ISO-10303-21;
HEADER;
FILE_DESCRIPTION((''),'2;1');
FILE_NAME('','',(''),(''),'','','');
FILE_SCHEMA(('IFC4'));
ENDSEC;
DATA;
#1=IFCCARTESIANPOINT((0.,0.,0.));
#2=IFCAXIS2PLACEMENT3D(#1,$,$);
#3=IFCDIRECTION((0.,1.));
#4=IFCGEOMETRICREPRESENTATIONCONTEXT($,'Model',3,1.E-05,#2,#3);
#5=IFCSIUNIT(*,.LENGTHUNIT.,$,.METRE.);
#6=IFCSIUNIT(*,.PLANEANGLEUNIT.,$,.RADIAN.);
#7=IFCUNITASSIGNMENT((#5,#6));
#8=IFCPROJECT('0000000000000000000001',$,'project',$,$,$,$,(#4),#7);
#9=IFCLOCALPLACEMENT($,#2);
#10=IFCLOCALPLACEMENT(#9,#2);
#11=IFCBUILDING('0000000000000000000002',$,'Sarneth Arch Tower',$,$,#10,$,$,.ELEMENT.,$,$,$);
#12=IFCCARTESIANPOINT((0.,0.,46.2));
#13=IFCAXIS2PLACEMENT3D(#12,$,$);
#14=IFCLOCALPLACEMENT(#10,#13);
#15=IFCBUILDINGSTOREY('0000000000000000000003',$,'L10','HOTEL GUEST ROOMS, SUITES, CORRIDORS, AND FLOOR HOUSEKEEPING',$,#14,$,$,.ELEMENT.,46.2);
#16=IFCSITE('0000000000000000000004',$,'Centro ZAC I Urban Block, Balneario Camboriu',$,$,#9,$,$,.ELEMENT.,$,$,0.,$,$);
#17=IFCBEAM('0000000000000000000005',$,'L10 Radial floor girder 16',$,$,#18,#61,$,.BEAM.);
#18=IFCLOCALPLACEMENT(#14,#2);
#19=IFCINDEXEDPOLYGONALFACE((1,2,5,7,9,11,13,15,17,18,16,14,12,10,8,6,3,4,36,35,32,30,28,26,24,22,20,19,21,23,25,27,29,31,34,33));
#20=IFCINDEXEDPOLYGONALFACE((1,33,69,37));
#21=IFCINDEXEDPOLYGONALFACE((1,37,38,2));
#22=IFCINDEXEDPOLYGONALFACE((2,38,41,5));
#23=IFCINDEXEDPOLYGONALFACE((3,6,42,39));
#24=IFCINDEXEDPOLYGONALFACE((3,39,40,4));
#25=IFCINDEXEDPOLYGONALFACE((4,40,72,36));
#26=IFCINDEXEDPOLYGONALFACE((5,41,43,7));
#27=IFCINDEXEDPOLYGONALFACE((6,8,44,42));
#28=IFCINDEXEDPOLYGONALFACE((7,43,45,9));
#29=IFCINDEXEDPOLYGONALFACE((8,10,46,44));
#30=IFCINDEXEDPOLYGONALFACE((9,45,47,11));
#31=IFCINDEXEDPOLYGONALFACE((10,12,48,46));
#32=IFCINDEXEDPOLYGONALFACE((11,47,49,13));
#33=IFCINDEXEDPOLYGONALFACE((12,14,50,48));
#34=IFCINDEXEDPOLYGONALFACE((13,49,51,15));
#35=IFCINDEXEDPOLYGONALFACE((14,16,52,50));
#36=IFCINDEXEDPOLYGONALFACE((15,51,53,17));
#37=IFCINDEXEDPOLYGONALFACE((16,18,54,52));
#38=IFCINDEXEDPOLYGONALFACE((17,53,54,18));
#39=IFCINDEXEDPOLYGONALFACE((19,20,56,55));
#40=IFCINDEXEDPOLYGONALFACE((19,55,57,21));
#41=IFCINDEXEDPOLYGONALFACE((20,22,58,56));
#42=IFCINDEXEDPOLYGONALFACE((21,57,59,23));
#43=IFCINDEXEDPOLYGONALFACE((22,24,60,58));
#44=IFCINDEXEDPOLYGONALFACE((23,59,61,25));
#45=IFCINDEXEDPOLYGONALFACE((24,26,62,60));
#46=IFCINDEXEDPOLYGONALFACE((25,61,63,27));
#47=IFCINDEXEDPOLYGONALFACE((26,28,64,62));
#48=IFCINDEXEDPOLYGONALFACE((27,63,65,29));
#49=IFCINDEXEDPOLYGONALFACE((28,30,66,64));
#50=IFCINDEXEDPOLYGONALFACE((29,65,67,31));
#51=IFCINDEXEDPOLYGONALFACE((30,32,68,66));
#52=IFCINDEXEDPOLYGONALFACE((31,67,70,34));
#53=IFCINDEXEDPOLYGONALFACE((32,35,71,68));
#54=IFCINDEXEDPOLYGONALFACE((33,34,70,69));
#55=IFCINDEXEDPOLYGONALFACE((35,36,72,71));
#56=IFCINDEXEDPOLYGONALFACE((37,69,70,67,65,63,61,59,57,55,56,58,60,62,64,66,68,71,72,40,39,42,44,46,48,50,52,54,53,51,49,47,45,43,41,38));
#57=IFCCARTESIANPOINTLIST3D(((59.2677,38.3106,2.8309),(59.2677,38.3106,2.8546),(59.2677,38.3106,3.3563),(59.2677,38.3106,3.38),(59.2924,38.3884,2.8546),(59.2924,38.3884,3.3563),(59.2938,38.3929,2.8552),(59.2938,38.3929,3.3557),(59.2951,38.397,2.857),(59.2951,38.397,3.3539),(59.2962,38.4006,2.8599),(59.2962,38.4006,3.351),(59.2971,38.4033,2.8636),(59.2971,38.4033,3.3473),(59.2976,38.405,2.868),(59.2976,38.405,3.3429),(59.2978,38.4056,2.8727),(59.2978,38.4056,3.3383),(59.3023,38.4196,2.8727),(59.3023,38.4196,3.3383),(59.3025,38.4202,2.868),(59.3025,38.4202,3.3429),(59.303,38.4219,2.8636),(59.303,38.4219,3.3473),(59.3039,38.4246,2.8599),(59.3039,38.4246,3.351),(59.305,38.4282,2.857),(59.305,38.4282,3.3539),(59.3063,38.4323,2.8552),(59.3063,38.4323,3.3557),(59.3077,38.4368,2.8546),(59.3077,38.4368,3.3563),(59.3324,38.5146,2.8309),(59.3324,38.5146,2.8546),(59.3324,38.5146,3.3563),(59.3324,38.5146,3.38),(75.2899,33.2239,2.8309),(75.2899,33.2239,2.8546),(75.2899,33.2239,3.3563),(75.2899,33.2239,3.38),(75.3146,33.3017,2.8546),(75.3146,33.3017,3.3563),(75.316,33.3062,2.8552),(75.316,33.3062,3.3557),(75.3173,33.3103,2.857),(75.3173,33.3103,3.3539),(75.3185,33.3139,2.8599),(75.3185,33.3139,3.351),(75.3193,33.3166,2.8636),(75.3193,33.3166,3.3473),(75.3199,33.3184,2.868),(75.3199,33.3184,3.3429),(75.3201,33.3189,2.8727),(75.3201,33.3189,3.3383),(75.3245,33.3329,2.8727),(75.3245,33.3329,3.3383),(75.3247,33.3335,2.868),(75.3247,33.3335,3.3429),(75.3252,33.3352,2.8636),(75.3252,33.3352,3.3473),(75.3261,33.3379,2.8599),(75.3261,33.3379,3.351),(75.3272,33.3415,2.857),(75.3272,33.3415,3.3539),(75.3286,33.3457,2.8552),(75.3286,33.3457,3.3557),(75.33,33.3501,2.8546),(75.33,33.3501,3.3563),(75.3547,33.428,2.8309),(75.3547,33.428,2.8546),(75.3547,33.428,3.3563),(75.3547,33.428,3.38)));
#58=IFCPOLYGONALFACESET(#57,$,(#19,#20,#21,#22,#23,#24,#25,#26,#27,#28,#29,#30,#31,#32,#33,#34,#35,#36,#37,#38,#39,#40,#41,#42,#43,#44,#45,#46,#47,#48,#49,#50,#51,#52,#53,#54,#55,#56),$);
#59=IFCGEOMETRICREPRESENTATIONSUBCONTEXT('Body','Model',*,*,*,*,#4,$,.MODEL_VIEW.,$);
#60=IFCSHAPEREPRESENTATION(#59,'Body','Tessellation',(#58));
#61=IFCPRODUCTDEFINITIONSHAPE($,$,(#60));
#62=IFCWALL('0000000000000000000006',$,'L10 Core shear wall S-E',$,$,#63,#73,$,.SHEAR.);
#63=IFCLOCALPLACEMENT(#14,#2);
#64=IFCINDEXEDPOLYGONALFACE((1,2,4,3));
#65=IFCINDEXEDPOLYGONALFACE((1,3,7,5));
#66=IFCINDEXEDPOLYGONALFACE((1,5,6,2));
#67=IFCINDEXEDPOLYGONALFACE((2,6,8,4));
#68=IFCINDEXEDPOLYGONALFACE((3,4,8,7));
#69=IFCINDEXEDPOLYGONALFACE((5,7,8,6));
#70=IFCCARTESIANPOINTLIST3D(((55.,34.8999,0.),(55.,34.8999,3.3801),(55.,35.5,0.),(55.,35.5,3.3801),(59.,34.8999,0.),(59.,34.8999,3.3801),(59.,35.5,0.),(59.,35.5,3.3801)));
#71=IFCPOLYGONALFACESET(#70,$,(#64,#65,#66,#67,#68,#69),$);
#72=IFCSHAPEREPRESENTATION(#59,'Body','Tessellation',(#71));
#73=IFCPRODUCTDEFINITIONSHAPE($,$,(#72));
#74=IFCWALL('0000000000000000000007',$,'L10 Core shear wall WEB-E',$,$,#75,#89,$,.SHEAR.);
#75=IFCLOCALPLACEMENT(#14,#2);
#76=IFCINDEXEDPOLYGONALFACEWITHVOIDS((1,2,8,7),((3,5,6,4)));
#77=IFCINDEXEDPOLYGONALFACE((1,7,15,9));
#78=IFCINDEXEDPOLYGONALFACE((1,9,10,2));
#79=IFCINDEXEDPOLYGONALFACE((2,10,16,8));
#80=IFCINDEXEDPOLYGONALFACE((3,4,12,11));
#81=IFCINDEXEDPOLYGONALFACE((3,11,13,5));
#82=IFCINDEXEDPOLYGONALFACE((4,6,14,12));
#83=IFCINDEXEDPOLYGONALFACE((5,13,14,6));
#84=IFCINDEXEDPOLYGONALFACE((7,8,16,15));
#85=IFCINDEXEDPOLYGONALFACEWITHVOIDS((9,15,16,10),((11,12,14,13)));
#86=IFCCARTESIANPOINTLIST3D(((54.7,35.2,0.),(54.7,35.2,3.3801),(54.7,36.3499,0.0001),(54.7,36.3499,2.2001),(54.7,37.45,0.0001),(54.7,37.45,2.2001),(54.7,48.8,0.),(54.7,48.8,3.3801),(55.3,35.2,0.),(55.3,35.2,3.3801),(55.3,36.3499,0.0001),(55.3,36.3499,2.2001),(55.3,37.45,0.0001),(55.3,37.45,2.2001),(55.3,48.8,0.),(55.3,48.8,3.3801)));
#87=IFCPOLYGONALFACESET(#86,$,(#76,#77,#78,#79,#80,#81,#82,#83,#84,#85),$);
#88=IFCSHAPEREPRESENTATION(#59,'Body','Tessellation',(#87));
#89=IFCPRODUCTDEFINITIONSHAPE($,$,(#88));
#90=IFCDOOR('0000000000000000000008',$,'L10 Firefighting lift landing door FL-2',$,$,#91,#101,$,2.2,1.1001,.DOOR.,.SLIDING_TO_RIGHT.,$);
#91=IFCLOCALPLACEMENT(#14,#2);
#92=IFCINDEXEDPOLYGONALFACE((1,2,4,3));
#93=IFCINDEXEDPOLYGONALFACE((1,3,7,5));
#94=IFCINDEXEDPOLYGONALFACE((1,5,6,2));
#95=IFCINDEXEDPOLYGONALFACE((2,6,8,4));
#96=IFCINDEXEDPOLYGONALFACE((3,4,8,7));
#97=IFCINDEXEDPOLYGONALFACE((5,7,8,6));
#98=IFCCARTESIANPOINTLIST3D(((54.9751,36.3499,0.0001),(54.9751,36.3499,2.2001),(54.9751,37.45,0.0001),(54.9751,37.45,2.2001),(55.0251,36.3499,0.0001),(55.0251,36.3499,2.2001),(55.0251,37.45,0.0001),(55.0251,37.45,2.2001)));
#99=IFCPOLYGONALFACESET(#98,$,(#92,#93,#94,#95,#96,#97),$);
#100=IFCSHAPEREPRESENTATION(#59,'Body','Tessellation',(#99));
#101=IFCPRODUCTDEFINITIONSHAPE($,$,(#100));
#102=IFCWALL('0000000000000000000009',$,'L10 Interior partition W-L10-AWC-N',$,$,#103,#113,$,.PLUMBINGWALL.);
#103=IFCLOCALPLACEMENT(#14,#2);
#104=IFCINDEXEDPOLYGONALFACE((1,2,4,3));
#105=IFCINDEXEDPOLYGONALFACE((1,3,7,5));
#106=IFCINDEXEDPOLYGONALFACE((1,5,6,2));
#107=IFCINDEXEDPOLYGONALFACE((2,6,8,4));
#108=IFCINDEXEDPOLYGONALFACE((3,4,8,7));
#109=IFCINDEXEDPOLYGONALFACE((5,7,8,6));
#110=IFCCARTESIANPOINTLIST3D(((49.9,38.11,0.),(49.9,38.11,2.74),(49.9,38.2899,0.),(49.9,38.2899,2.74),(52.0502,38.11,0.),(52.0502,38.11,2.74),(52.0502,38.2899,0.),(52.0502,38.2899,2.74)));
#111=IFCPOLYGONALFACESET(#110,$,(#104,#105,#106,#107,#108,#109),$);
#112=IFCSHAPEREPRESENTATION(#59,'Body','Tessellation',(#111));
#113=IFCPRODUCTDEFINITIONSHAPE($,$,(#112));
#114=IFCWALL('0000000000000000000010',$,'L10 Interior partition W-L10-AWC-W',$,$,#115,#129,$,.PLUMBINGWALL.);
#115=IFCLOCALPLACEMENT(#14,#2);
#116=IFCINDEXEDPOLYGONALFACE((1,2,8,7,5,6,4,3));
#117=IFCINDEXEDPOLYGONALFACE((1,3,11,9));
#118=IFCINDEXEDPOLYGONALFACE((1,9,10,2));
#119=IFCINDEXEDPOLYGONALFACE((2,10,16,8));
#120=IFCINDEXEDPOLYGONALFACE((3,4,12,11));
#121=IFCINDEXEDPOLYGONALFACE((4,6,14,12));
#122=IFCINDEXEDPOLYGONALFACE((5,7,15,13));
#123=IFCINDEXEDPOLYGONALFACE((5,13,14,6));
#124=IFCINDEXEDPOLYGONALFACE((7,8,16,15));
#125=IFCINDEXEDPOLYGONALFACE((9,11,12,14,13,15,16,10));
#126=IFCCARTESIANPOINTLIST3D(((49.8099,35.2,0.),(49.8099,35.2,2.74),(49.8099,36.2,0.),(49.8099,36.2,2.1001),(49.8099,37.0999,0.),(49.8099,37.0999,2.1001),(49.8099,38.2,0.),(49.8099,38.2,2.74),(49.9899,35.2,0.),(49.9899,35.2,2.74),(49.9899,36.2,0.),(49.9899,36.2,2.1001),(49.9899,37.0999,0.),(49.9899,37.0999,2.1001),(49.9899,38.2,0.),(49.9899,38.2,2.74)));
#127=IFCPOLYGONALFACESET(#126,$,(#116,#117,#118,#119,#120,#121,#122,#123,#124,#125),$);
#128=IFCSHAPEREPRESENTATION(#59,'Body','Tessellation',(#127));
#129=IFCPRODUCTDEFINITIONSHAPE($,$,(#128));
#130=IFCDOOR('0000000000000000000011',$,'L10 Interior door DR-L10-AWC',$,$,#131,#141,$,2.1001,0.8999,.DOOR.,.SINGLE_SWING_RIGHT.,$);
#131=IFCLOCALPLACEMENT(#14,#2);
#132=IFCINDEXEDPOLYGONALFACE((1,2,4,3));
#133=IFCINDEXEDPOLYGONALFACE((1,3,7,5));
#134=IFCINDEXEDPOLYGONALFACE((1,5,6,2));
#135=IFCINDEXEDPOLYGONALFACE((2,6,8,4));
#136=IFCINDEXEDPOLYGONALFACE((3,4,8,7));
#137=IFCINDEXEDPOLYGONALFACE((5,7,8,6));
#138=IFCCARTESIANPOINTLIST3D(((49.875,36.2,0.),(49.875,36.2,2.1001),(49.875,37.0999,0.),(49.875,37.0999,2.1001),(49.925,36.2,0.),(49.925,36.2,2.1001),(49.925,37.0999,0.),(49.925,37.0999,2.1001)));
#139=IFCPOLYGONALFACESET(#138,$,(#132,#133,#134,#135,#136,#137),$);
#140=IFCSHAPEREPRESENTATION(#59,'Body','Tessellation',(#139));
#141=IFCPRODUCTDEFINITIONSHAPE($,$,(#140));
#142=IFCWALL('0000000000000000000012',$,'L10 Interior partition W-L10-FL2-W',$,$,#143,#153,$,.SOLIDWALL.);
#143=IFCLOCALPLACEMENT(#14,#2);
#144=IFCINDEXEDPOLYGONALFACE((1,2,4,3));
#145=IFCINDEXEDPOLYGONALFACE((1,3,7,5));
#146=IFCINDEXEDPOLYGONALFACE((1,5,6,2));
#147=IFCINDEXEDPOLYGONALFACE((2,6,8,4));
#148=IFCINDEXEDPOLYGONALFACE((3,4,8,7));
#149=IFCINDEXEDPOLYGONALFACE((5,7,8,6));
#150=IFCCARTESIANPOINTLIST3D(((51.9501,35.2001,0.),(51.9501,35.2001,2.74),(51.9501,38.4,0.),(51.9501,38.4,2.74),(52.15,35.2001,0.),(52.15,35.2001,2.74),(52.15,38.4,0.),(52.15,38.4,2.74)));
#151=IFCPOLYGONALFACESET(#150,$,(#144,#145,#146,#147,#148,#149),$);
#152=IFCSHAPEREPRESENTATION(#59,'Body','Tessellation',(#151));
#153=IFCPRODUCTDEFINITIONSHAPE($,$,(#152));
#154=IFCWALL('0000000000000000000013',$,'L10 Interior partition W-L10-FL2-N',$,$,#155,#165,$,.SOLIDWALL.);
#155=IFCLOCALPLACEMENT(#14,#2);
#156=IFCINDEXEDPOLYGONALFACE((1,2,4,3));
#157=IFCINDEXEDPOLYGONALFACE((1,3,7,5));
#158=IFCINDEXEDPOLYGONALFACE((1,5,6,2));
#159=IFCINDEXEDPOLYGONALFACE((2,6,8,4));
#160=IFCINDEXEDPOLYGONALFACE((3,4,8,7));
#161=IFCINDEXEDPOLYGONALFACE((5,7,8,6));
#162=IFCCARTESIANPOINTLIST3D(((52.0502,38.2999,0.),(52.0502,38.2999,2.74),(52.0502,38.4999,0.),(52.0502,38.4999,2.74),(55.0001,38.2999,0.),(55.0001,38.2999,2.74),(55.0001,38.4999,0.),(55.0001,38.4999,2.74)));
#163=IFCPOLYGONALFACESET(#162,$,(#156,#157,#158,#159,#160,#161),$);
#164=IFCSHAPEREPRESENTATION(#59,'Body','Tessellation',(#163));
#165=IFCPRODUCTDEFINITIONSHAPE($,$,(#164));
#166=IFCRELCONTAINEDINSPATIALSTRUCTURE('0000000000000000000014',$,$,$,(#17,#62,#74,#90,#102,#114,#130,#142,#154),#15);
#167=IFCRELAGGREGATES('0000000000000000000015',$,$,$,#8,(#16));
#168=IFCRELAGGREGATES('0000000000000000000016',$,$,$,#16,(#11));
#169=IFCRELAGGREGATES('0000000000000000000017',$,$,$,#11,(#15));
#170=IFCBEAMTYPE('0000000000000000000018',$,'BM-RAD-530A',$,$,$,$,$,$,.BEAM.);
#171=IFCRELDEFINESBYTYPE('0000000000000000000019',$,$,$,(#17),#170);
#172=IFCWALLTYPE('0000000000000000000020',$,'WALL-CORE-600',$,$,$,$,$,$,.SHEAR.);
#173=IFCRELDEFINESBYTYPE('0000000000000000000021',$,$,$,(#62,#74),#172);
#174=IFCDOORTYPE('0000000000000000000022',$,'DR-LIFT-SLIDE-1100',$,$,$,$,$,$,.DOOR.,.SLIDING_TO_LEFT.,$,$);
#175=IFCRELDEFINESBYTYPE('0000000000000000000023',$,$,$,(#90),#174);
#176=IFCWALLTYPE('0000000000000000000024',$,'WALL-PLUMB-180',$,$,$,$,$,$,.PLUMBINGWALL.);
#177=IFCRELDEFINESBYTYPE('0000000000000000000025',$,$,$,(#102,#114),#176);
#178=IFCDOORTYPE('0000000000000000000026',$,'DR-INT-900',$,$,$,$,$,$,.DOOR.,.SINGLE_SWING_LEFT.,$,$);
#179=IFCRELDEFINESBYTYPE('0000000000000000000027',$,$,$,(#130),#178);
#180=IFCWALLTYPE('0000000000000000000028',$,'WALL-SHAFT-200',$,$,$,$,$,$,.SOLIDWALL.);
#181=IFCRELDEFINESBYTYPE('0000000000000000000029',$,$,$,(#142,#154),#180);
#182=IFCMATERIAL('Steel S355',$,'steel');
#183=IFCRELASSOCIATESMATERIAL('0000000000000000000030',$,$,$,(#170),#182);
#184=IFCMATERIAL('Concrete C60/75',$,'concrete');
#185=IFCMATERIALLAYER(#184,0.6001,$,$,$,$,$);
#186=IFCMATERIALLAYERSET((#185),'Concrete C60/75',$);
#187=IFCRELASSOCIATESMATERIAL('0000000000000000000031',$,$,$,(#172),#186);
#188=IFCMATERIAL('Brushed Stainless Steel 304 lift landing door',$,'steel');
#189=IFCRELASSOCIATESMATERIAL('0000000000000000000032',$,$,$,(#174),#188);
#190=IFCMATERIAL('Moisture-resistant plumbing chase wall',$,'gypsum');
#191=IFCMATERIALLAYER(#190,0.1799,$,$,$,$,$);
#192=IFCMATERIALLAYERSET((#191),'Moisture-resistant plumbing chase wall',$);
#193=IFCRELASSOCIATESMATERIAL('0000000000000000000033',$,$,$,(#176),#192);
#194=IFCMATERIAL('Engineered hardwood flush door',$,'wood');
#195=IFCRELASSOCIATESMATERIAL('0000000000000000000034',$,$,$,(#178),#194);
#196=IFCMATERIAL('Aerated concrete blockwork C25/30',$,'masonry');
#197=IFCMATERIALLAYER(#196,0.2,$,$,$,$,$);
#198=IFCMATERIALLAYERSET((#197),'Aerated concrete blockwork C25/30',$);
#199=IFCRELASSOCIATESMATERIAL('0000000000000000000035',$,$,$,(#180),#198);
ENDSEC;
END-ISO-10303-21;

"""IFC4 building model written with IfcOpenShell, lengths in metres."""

from ifc_helpers import new_model, si_unit, direction, frame, frame_2d, origin, origin_2d, place, context, subcontext, project, spatial, rectangle, i_section, extrude, material, layer, layer_set, material_profile, profile_set, type_object, element, fill, save


model = new_model("IFC4")

# Units and contexts
model_context = context("Model", 3, precision=1e-05, world=origin(), true_north=direction((0.0, 1.0)))
body_context = subcontext(model_context, "Body", "Model", "MODEL_VIEW")
ifc_project = project(units=[si_unit("LENGTHUNIT", "METRE"), si_unit("PLANEANGLEUNIT", "RADIAN")], contexts=[model_context])

# Site, building, storey
site_placement = place(None, origin())
site = spatial("IfcSite", under=ifc_project, at=site_placement, Name="Centro ZAC I Urban Block, Balneario Camboriu", CompositionType="ELEMENT", RefElevation=0.0)
building_placement = place(site_placement, origin())
building = spatial("IfcBuilding", under=site, at=building_placement, Name="Sarneth Arch Tower", CompositionType="ELEMENT")
storey_placement = place(building_placement, frame((0.0, 0.0, 46.2)))
storey = spatial("IfcBuildingStorey", under=building, at=storey_placement, Name="L10", Description="HOTEL GUEST ROOMS, SUITES, CORRIDORS, AND FLOOR HOUSEKEEPING", CompositionType="ELEMENT", Elevation=46.2)

# Beam
ifc_material_1 = material(Name="Steel S355", Category="steel")
ifc_material_profile_1 = material_profile(ifc_material_1, i_section(OverallWidth=0.2141, OverallDepth=0.5491, WebThickness=0.0146, FlangeThickness=0.0237, FilletRadius=0.0181, at=origin_2d()), Name="W530x138")
ifc_profile_set_1 = profile_set([ifc_material_profile_1], Name="Steel S355")
beam_type_1 = type_object("IfcBeamType", Name="BM-RAD-530A", PredefinedType="BEAM", material=ifc_profile_set_1)
beam_1_placement = place(storey_placement, frame((59.3, 38.4126, 3.1055), z_axis=(0.95312, -0.302593, 0.0), x_axis=(0.302593, 0.95312, 0.0)))
element("IfcBeam", 1, at=beam_1_placement, inside=storey, type_object=beam_type_1, Name="L10 Radial floor girder 16", PredefinedType="BEAM", context=body_context, shape_type="SweptSolid", body=[
    extrude(i_section(OverallWidth=0.2141, OverallDepth=0.5491, WebThickness=0.0146, FlangeThickness=0.0237, FilletRadius=0.0181, at=origin_2d()), origin(), (0.0, 0.0, 1.0), 16.8103),
])

# Wall
ifc_material_2 = material(Name="Concrete C60/75", Category="concrete")
ifc_layer_1 = layer(ifc_material_2, 0.6001)
ifc_layer_set_1 = layer_set([ifc_layer_1], Name="Concrete C60/75")
wall_type_1 = type_object("IfcWallType", Name="WALL-CORE-600", PredefinedType="SHEAR", material=ifc_layer_set_1)
wall_1_placement = place(storey_placement, frame((55.0, 35.2, 0.0), z_axis=(0.0, 0.0, 1.0), x_axis=(1.0, 0.0, 0.0)))
element("IfcWall", 2, at=wall_1_placement, inside=storey, type_object=wall_type_1, Name="L10 Core shear wall S-E", PredefinedType="SHEAR", context=body_context, shape_type="SweptSolid", body=[
    extrude(rectangle(XDim=4.0, YDim=0.6001, at=frame_2d((2.0, 0.0))), origin(), (0.0, 0.0, 1.0), 3.3801),
])

# Wall, opening, door
wall_2_placement = place(storey_placement, frame((55.0, 35.2, 0.0), z_axis=(0.0, 0.0, 1.0), x_axis=(0.0, 1.0, 0.0)))
wall_2 = element("IfcWall", 3, at=wall_2_placement, inside=storey, type_object=wall_type_1, Name="L10 Core shear wall WEB-E", PredefinedType="SHEAR", context=body_context, shape_type="SweptSolid", body=[
    extrude(rectangle(XDim=13.6001, YDim=0.6001, at=frame_2d((6.8, 0.0))), origin(), (0.0, 0.0, 1.0), 3.3801),
])
opening_1_placement = place(wall_2_placement, frame((1.1499, 0.0, 0.0)))
opening_1 = element("IfcOpeningElement", 4, at=opening_1_placement, cuts=wall_2, PredefinedType="OPENING", context=body_context, shape_type="SweptSolid", body=[
    extrude(rectangle(XDim=1.1001, YDim=2.2, at=frame_2d((0.55, 1.1001))), frame((0.0, 0.3101, 0.0), z_axis=(0.0, -1.0, 0.0), x_axis=(1.0, 0.0, 0.0)), (0.0, 0.0, 1.0), 0.6201),
])
ifc_material_3 = material(Name="Brushed Stainless Steel 304 lift landing door", Category="steel")
door_type_1 = type_object("IfcDoorType", Name="DR-LIFT-SLIDE-1100", OperationType="SLIDING_TO_LEFT", PredefinedType="DOOR", material=ifc_material_3)
door_1_placement = place(opening_1_placement, origin())
door_1 = element("IfcDoor", 5, at=door_1_placement, inside=storey, type_object=door_type_1, Name="L10 Firefighting lift landing door FL-2", OperationType="SLIDING_TO_RIGHT", OverallHeight=2.2, OverallWidth=1.1001, PredefinedType="DOOR", context=body_context, shape_type="SweptSolid", body=[
    extrude(rectangle(XDim=1.1001, YDim=2.2, at=frame_2d((0.55, 1.1001))), frame((0.0, 0.0249, 0.0), z_axis=(0.0, -1.0, 0.0), x_axis=(1.0, 0.0, 0.0)), (0.0, 0.0, 1.0), 0.05),
])
fill(opening_1, door_1)

# Wall
ifc_material_4 = material(Name="Moisture-resistant plumbing chase wall", Category="gypsum")
ifc_layer_2 = layer(ifc_material_4, 0.1799)
ifc_layer_set_2 = layer_set([ifc_layer_2], Name="Moisture-resistant plumbing chase wall")
wall_type_2 = type_object("IfcWallType", Name="WALL-PLUMB-180", PredefinedType="PLUMBINGWALL", material=ifc_layer_set_2)
wall_3_placement = place(storey_placement, frame((49.8999, 38.2, 0.0), z_axis=(0.0, 0.0, 1.0), x_axis=(1.0, 0.0, 0.0)))
element("IfcWall", 6, at=wall_3_placement, inside=storey, type_object=wall_type_2, Name="L10 Interior partition W-L10-AWC-N", PredefinedType="PLUMBINGWALL", context=body_context, shape_type="SweptSolid", body=[
    extrude(rectangle(XDim=2.1501, YDim=0.1799, at=frame_2d((1.0752, 0.0))), origin(), (0.0, 0.0, 1.0), 2.74),
])

# Wall, opening, door
wall_4_placement = place(storey_placement, frame((49.8999, 35.2, 0.0), z_axis=(0.0, 0.0, 1.0), x_axis=(0.0, 1.0, 0.0)))
wall_4 = element("IfcWall", 7, at=wall_4_placement, inside=storey, type_object=wall_type_2, Name="L10 Interior partition W-L10-AWC-W", PredefinedType="PLUMBINGWALL", context=body_context, shape_type="SweptSolid", body=[
    extrude(rectangle(XDim=3.0, YDim=0.1799, at=frame_2d((1.5, 0.0))), origin(), (0.0, 0.0, 1.0), 2.74),
])
opening_2_placement = place(wall_4_placement, frame((1.0, 0.0, 0.0)))
opening_2 = element("IfcOpeningElement", 8, at=opening_2_placement, cuts=wall_4, PredefinedType="OPENING", context=body_context, shape_type="SweptSolid", body=[
    extrude(rectangle(XDim=0.8999, YDim=2.1001, at=frame_2d((0.45, 1.05))), frame((0.0, 0.0999, 0.0), z_axis=(0.0, -1.0, 0.0), x_axis=(1.0, 0.0, 0.0)), (0.0, 0.0, 1.0), 0.2),
])
ifc_material_5 = material(Name="Engineered hardwood flush door", Category="wood")
door_type_2 = type_object("IfcDoorType", Name="DR-INT-900", OperationType="SINGLE_SWING_LEFT", PredefinedType="DOOR", material=ifc_material_5)
door_2_placement = place(opening_2_placement, origin())
door_2 = element("IfcDoor", 9, at=door_2_placement, inside=storey, type_object=door_type_2, Name="L10 Interior door DR-L10-AWC", OperationType="SINGLE_SWING_RIGHT", OverallHeight=2.1001, OverallWidth=0.8999, PredefinedType="DOOR", context=body_context, shape_type="SweptSolid", body=[
    extrude(rectangle(XDim=0.8999, YDim=2.1001, at=frame_2d((0.45, 1.05))), frame((0.0, 0.0249, 0.0), z_axis=(0.0, -1.0, 0.0), x_axis=(1.0, 0.0, 0.0)), (0.0, 0.0, 1.0), 0.05),
])
fill(opening_2, door_2)
ifc_material_6 = material(Name="Aerated concrete blockwork C25/30", Category="masonry")
ifc_layer_3 = layer(ifc_material_6, 0.2)
ifc_layer_set_3 = layer_set([ifc_layer_3], Name="Aerated concrete blockwork C25/30")
wall_type_3 = type_object("IfcWallType", Name="WALL-SHAFT-200", PredefinedType="SOLIDWALL", material=ifc_layer_set_3)

# Walls
wall_5_placement = place(storey_placement, frame((52.05, 35.2, 0.0), z_axis=(0.0, 0.0, 1.0), x_axis=(0.0, 1.0, 0.0)))
element("IfcWall", 10, at=wall_5_placement, inside=storey, type_object=wall_type_3, Name="L10 Interior partition W-L10-FL2-W", PredefinedType="SOLIDWALL", context=body_context, shape_type="SweptSolid", body=[
    extrude(rectangle(XDim=3.2, YDim=0.2, at=frame_2d((1.6001, 0.0))), origin(), (0.0, 0.0, 1.0), 2.74),
])
wall_6_placement = place(storey_placement, frame((52.05, 38.3999, 0.0), z_axis=(0.0, 0.0, 1.0), x_axis=(1.0, 0.0, 0.0)))
element("IfcWall", 11, at=wall_6_placement, inside=storey, type_object=wall_type_3, Name="L10 Interior partition W-L10-FL2-N", PredefinedType="SOLIDWALL", context=body_context, shape_type="SweptSolid", body=[
    extrude(rectangle(XDim=2.95, YDim=0.2, at=frame_2d((1.4751, 0.0))), origin(), (0.0, 0.0, 1.0), 2.74),
])

save(model, "model.ifc")
